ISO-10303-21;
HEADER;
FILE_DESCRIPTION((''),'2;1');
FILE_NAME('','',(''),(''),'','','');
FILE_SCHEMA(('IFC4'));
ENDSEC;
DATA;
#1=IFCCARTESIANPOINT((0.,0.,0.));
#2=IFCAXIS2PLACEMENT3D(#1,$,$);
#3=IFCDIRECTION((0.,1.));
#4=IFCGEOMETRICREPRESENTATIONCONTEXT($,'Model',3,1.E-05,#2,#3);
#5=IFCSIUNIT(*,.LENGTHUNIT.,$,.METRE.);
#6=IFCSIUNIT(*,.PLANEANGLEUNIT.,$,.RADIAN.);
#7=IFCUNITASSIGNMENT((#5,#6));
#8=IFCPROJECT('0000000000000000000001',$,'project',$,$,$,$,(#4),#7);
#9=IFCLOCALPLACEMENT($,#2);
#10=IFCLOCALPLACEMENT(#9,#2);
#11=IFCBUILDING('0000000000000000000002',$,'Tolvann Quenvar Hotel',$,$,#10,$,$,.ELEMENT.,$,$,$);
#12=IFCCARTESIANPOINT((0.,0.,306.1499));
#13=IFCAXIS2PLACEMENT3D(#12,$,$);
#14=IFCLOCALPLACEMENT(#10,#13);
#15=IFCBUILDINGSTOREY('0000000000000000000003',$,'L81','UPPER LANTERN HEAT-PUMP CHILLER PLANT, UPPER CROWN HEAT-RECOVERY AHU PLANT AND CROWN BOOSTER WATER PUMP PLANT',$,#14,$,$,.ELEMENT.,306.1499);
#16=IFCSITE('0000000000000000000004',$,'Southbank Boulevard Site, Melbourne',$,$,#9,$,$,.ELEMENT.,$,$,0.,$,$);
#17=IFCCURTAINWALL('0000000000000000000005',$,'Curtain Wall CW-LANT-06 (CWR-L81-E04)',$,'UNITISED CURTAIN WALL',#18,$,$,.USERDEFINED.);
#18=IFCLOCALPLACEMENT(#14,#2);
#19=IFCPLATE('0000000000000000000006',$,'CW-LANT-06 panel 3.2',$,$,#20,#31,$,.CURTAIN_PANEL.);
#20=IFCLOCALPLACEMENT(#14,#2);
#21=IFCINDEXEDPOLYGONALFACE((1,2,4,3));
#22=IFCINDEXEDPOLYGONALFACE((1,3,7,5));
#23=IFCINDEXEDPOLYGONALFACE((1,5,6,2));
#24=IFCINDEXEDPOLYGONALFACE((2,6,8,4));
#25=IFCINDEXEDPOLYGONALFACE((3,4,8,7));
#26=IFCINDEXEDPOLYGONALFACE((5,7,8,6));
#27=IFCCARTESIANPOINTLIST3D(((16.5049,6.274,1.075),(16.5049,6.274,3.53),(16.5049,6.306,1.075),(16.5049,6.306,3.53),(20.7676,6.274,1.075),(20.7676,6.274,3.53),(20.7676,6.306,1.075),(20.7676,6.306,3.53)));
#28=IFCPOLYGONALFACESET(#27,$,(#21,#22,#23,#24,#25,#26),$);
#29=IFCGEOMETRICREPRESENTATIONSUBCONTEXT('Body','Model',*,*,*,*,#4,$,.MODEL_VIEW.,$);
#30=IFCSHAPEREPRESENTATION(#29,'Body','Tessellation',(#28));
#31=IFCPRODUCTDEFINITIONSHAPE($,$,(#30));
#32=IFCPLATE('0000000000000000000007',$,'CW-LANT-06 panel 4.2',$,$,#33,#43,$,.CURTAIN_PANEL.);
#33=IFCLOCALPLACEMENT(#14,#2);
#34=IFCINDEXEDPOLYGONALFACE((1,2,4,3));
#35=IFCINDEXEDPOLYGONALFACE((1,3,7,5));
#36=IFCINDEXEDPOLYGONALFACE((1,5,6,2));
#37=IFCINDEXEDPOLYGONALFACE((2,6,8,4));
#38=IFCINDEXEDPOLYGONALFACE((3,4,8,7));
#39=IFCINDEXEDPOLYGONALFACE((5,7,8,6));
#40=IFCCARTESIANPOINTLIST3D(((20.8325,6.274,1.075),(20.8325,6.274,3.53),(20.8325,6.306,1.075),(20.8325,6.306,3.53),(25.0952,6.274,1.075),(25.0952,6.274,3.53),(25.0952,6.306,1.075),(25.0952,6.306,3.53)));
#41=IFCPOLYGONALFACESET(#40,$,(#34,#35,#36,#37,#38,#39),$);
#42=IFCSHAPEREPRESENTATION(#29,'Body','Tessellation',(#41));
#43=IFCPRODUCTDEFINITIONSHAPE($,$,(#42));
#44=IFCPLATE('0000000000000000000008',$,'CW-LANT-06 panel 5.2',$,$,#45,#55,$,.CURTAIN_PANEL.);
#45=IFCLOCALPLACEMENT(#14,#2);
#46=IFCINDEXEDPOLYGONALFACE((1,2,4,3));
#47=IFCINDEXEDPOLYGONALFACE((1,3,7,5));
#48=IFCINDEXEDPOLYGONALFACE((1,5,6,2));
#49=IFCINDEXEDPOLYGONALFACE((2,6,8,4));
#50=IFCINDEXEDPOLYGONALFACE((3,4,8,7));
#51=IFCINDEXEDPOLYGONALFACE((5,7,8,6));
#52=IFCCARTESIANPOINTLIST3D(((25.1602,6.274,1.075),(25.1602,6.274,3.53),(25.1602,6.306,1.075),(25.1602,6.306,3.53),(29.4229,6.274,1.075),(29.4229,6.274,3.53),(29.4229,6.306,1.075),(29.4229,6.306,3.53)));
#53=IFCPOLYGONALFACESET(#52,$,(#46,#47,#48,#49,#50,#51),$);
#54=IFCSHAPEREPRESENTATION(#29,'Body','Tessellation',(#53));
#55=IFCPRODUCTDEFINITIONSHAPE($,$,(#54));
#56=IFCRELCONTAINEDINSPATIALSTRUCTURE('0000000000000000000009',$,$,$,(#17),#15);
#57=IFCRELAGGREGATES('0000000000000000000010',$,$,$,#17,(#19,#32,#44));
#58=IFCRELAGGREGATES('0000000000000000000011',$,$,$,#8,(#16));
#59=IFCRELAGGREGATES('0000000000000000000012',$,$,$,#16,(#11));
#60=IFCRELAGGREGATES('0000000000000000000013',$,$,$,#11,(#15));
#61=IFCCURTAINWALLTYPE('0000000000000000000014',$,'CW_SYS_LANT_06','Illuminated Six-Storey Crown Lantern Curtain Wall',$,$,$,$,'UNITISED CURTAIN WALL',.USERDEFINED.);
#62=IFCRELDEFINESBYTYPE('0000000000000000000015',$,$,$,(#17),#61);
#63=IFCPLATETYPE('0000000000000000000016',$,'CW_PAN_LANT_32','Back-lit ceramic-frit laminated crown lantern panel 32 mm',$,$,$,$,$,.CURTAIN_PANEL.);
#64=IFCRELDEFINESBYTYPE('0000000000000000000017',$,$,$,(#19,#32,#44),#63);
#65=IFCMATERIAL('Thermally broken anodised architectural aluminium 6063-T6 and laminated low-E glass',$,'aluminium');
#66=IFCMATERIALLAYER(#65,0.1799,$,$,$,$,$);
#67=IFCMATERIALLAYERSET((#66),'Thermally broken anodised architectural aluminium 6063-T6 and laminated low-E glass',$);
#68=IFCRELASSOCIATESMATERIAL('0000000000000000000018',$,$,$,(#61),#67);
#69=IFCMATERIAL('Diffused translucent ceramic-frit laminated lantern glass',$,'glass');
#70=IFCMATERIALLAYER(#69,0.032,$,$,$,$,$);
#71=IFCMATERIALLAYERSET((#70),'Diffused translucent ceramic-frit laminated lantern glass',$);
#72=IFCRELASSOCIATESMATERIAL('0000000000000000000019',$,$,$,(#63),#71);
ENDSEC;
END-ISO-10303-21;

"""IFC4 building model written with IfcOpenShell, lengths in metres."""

from ifc_helpers import new_model, si_unit, direction, frame, origin, origin_2d, place, context, subcontext, project, spatial, rectangle, extrude, source, transform, mapped, material, layer, layer_set, type_object, element, aggregate, save


model = new_model("IFC4")

# Units and contexts
model_context = context("Model", 3, precision=1e-05, world=origin(), true_north=direction((0.0, 1.0)))
body_context = subcontext(model_context, "Body", "Model", "MODEL_VIEW")
ifc_project = project(units=[si_unit("LENGTHUNIT", "METRE"), si_unit("PLANEANGLEUNIT", "RADIAN")], contexts=[model_context])

# Site, building, storey
site_placement = place(None, origin())
site = spatial("IfcSite", under=ifc_project, at=site_placement, Name="Southbank Boulevard Site, Melbourne", CompositionType="ELEMENT", RefElevation=0.0)
building_placement = place(site_placement, origin())
building = spatial("IfcBuilding", under=site, at=building_placement, Name="Tolvann Quenvar Hotel", CompositionType="ELEMENT")
storey_placement = place(building_placement, frame((0.0, 0.0, 306.1499)))
storey = spatial("IfcBuildingStorey", under=building, at=storey_placement, Name="L81", Description="UPPER LANTERN HEAT-PUMP CHILLER PLANT, UPPER CROWN HEAT-RECOVERY AHU PLANT AND CROWN BOOSTER WATER PUMP PLANT", CompositionType="ELEMENT", Elevation=306.1499)

# Curtain wall
ifc_material_1 = material(Name="Thermally broken anodised architectural aluminium 6063-T6 and laminated low-E glass", Category="aluminium")
ifc_layer_1 = layer(ifc_material_1, 0.1799)
ifc_layer_set_1 = layer_set([ifc_layer_1], Name="Thermally broken anodised architectural aluminium 6063-T6 and laminated low-E glass")
curtain_wall_type = type_object("IfcCurtainWallType", Name="CW_SYS_LANT_06", Description="Illuminated Six-Storey Crown Lantern Curtain Wall", ElementType="UNITISED CURTAIN WALL", PredefinedType="USERDEFINED", material=ifc_layer_set_1)
curtain_wall_1_placement = place(storey_placement, origin())
curtain_wall_1 = element("IfcCurtainWall", 1, at=curtain_wall_1_placement, inside=storey, type_object=curtain_wall_type, Name="Curtain Wall CW-LANT-06 (CWR-L81-E04)", ObjectType="UNITISED CURTAIN WALL", PredefinedType="USERDEFINED")

# Plates
ifc_material_2 = material(Name="Diffused translucent ceramic-frit laminated lantern glass", Category="glass")
ifc_layer_2 = layer(ifc_material_2, 0.032)
ifc_layer_set_2 = layer_set([ifc_layer_2], Name="Diffused translucent ceramic-frit laminated lantern glass")
plate_type = type_object("IfcPlateType", Name="CW_PAN_LANT_32", Description="Back-lit ceramic-frit laminated crown lantern panel 32 mm", PredefinedType="CURTAIN_PANEL", material=ifc_layer_set_2)
shared_shape_1 = source(origin(), body_context, "Body", "SweptSolid", [
    extrude(rectangle(XDim=4.2627, YDim=0.032, at=origin_2d()), origin(), (0.0, 0.0, 1.0), 2.4551),
])
plate_1_placement = place(storey_placement, frame((18.6362, 6.29, 1.075), z_axis=(0.0, 0.0, 1.0), x_axis=(1.0, 0.0, 0.0)))
plate_1 = element("IfcPlate", 2, at=plate_1_placement, type_object=plate_type, Name="CW-LANT-06 panel 3.2", PredefinedType="CURTAIN_PANEL", context=body_context, shape_type="MappedRepresentation", body=[
    mapped(shared_shape_1, transform((0.0, 0.0, 0.0), x_axis=(1.0, 0.0, 0.0), y_axis=(0.0, 1.0, 0.0), z_axis=(0.0, 0.0, 1.0), scale=1.0)),
])
plate_2_placement = place(storey_placement, frame((22.9639, 6.29, 1.075), z_axis=(0.0, 0.0, 1.0), x_axis=(1.0, 0.0, 0.0)))
plate_2 = element("IfcPlate", 3, at=plate_2_placement, type_object=plate_type, Name="CW-LANT-06 panel 4.2", PredefinedType="CURTAIN_PANEL", context=body_context, shape_type="MappedRepresentation", body=[
    mapped(shared_shape_1, transform((0.0, 0.0, 0.0), x_axis=(1.0, 0.0, 0.0), y_axis=(0.0, 1.0, 0.0), z_axis=(0.0, 0.0, 1.0), scale=1.0)),
])
plate_3_placement = place(storey_placement, frame((27.2915, 6.29, 1.075), z_axis=(0.0, 0.0, 1.0), x_axis=(1.0, 0.0, 0.0)))
plate_3 = element("IfcPlate", 4, at=plate_3_placement, type_object=plate_type, Name="CW-LANT-06 panel 5.2", PredefinedType="CURTAIN_PANEL", context=body_context, shape_type="MappedRepresentation", body=[
    mapped(shared_shape_1, transform((0.0, 0.0, 0.0), x_axis=(1.0, 0.0, 0.0), y_axis=(0.0, 1.0, 0.0), z_axis=(0.0, 0.0, 1.0), scale=1.0)),
])
aggregate(curtain_wall_1, [plate_1, plate_2, plate_3])

save(model, "model.ifc")
